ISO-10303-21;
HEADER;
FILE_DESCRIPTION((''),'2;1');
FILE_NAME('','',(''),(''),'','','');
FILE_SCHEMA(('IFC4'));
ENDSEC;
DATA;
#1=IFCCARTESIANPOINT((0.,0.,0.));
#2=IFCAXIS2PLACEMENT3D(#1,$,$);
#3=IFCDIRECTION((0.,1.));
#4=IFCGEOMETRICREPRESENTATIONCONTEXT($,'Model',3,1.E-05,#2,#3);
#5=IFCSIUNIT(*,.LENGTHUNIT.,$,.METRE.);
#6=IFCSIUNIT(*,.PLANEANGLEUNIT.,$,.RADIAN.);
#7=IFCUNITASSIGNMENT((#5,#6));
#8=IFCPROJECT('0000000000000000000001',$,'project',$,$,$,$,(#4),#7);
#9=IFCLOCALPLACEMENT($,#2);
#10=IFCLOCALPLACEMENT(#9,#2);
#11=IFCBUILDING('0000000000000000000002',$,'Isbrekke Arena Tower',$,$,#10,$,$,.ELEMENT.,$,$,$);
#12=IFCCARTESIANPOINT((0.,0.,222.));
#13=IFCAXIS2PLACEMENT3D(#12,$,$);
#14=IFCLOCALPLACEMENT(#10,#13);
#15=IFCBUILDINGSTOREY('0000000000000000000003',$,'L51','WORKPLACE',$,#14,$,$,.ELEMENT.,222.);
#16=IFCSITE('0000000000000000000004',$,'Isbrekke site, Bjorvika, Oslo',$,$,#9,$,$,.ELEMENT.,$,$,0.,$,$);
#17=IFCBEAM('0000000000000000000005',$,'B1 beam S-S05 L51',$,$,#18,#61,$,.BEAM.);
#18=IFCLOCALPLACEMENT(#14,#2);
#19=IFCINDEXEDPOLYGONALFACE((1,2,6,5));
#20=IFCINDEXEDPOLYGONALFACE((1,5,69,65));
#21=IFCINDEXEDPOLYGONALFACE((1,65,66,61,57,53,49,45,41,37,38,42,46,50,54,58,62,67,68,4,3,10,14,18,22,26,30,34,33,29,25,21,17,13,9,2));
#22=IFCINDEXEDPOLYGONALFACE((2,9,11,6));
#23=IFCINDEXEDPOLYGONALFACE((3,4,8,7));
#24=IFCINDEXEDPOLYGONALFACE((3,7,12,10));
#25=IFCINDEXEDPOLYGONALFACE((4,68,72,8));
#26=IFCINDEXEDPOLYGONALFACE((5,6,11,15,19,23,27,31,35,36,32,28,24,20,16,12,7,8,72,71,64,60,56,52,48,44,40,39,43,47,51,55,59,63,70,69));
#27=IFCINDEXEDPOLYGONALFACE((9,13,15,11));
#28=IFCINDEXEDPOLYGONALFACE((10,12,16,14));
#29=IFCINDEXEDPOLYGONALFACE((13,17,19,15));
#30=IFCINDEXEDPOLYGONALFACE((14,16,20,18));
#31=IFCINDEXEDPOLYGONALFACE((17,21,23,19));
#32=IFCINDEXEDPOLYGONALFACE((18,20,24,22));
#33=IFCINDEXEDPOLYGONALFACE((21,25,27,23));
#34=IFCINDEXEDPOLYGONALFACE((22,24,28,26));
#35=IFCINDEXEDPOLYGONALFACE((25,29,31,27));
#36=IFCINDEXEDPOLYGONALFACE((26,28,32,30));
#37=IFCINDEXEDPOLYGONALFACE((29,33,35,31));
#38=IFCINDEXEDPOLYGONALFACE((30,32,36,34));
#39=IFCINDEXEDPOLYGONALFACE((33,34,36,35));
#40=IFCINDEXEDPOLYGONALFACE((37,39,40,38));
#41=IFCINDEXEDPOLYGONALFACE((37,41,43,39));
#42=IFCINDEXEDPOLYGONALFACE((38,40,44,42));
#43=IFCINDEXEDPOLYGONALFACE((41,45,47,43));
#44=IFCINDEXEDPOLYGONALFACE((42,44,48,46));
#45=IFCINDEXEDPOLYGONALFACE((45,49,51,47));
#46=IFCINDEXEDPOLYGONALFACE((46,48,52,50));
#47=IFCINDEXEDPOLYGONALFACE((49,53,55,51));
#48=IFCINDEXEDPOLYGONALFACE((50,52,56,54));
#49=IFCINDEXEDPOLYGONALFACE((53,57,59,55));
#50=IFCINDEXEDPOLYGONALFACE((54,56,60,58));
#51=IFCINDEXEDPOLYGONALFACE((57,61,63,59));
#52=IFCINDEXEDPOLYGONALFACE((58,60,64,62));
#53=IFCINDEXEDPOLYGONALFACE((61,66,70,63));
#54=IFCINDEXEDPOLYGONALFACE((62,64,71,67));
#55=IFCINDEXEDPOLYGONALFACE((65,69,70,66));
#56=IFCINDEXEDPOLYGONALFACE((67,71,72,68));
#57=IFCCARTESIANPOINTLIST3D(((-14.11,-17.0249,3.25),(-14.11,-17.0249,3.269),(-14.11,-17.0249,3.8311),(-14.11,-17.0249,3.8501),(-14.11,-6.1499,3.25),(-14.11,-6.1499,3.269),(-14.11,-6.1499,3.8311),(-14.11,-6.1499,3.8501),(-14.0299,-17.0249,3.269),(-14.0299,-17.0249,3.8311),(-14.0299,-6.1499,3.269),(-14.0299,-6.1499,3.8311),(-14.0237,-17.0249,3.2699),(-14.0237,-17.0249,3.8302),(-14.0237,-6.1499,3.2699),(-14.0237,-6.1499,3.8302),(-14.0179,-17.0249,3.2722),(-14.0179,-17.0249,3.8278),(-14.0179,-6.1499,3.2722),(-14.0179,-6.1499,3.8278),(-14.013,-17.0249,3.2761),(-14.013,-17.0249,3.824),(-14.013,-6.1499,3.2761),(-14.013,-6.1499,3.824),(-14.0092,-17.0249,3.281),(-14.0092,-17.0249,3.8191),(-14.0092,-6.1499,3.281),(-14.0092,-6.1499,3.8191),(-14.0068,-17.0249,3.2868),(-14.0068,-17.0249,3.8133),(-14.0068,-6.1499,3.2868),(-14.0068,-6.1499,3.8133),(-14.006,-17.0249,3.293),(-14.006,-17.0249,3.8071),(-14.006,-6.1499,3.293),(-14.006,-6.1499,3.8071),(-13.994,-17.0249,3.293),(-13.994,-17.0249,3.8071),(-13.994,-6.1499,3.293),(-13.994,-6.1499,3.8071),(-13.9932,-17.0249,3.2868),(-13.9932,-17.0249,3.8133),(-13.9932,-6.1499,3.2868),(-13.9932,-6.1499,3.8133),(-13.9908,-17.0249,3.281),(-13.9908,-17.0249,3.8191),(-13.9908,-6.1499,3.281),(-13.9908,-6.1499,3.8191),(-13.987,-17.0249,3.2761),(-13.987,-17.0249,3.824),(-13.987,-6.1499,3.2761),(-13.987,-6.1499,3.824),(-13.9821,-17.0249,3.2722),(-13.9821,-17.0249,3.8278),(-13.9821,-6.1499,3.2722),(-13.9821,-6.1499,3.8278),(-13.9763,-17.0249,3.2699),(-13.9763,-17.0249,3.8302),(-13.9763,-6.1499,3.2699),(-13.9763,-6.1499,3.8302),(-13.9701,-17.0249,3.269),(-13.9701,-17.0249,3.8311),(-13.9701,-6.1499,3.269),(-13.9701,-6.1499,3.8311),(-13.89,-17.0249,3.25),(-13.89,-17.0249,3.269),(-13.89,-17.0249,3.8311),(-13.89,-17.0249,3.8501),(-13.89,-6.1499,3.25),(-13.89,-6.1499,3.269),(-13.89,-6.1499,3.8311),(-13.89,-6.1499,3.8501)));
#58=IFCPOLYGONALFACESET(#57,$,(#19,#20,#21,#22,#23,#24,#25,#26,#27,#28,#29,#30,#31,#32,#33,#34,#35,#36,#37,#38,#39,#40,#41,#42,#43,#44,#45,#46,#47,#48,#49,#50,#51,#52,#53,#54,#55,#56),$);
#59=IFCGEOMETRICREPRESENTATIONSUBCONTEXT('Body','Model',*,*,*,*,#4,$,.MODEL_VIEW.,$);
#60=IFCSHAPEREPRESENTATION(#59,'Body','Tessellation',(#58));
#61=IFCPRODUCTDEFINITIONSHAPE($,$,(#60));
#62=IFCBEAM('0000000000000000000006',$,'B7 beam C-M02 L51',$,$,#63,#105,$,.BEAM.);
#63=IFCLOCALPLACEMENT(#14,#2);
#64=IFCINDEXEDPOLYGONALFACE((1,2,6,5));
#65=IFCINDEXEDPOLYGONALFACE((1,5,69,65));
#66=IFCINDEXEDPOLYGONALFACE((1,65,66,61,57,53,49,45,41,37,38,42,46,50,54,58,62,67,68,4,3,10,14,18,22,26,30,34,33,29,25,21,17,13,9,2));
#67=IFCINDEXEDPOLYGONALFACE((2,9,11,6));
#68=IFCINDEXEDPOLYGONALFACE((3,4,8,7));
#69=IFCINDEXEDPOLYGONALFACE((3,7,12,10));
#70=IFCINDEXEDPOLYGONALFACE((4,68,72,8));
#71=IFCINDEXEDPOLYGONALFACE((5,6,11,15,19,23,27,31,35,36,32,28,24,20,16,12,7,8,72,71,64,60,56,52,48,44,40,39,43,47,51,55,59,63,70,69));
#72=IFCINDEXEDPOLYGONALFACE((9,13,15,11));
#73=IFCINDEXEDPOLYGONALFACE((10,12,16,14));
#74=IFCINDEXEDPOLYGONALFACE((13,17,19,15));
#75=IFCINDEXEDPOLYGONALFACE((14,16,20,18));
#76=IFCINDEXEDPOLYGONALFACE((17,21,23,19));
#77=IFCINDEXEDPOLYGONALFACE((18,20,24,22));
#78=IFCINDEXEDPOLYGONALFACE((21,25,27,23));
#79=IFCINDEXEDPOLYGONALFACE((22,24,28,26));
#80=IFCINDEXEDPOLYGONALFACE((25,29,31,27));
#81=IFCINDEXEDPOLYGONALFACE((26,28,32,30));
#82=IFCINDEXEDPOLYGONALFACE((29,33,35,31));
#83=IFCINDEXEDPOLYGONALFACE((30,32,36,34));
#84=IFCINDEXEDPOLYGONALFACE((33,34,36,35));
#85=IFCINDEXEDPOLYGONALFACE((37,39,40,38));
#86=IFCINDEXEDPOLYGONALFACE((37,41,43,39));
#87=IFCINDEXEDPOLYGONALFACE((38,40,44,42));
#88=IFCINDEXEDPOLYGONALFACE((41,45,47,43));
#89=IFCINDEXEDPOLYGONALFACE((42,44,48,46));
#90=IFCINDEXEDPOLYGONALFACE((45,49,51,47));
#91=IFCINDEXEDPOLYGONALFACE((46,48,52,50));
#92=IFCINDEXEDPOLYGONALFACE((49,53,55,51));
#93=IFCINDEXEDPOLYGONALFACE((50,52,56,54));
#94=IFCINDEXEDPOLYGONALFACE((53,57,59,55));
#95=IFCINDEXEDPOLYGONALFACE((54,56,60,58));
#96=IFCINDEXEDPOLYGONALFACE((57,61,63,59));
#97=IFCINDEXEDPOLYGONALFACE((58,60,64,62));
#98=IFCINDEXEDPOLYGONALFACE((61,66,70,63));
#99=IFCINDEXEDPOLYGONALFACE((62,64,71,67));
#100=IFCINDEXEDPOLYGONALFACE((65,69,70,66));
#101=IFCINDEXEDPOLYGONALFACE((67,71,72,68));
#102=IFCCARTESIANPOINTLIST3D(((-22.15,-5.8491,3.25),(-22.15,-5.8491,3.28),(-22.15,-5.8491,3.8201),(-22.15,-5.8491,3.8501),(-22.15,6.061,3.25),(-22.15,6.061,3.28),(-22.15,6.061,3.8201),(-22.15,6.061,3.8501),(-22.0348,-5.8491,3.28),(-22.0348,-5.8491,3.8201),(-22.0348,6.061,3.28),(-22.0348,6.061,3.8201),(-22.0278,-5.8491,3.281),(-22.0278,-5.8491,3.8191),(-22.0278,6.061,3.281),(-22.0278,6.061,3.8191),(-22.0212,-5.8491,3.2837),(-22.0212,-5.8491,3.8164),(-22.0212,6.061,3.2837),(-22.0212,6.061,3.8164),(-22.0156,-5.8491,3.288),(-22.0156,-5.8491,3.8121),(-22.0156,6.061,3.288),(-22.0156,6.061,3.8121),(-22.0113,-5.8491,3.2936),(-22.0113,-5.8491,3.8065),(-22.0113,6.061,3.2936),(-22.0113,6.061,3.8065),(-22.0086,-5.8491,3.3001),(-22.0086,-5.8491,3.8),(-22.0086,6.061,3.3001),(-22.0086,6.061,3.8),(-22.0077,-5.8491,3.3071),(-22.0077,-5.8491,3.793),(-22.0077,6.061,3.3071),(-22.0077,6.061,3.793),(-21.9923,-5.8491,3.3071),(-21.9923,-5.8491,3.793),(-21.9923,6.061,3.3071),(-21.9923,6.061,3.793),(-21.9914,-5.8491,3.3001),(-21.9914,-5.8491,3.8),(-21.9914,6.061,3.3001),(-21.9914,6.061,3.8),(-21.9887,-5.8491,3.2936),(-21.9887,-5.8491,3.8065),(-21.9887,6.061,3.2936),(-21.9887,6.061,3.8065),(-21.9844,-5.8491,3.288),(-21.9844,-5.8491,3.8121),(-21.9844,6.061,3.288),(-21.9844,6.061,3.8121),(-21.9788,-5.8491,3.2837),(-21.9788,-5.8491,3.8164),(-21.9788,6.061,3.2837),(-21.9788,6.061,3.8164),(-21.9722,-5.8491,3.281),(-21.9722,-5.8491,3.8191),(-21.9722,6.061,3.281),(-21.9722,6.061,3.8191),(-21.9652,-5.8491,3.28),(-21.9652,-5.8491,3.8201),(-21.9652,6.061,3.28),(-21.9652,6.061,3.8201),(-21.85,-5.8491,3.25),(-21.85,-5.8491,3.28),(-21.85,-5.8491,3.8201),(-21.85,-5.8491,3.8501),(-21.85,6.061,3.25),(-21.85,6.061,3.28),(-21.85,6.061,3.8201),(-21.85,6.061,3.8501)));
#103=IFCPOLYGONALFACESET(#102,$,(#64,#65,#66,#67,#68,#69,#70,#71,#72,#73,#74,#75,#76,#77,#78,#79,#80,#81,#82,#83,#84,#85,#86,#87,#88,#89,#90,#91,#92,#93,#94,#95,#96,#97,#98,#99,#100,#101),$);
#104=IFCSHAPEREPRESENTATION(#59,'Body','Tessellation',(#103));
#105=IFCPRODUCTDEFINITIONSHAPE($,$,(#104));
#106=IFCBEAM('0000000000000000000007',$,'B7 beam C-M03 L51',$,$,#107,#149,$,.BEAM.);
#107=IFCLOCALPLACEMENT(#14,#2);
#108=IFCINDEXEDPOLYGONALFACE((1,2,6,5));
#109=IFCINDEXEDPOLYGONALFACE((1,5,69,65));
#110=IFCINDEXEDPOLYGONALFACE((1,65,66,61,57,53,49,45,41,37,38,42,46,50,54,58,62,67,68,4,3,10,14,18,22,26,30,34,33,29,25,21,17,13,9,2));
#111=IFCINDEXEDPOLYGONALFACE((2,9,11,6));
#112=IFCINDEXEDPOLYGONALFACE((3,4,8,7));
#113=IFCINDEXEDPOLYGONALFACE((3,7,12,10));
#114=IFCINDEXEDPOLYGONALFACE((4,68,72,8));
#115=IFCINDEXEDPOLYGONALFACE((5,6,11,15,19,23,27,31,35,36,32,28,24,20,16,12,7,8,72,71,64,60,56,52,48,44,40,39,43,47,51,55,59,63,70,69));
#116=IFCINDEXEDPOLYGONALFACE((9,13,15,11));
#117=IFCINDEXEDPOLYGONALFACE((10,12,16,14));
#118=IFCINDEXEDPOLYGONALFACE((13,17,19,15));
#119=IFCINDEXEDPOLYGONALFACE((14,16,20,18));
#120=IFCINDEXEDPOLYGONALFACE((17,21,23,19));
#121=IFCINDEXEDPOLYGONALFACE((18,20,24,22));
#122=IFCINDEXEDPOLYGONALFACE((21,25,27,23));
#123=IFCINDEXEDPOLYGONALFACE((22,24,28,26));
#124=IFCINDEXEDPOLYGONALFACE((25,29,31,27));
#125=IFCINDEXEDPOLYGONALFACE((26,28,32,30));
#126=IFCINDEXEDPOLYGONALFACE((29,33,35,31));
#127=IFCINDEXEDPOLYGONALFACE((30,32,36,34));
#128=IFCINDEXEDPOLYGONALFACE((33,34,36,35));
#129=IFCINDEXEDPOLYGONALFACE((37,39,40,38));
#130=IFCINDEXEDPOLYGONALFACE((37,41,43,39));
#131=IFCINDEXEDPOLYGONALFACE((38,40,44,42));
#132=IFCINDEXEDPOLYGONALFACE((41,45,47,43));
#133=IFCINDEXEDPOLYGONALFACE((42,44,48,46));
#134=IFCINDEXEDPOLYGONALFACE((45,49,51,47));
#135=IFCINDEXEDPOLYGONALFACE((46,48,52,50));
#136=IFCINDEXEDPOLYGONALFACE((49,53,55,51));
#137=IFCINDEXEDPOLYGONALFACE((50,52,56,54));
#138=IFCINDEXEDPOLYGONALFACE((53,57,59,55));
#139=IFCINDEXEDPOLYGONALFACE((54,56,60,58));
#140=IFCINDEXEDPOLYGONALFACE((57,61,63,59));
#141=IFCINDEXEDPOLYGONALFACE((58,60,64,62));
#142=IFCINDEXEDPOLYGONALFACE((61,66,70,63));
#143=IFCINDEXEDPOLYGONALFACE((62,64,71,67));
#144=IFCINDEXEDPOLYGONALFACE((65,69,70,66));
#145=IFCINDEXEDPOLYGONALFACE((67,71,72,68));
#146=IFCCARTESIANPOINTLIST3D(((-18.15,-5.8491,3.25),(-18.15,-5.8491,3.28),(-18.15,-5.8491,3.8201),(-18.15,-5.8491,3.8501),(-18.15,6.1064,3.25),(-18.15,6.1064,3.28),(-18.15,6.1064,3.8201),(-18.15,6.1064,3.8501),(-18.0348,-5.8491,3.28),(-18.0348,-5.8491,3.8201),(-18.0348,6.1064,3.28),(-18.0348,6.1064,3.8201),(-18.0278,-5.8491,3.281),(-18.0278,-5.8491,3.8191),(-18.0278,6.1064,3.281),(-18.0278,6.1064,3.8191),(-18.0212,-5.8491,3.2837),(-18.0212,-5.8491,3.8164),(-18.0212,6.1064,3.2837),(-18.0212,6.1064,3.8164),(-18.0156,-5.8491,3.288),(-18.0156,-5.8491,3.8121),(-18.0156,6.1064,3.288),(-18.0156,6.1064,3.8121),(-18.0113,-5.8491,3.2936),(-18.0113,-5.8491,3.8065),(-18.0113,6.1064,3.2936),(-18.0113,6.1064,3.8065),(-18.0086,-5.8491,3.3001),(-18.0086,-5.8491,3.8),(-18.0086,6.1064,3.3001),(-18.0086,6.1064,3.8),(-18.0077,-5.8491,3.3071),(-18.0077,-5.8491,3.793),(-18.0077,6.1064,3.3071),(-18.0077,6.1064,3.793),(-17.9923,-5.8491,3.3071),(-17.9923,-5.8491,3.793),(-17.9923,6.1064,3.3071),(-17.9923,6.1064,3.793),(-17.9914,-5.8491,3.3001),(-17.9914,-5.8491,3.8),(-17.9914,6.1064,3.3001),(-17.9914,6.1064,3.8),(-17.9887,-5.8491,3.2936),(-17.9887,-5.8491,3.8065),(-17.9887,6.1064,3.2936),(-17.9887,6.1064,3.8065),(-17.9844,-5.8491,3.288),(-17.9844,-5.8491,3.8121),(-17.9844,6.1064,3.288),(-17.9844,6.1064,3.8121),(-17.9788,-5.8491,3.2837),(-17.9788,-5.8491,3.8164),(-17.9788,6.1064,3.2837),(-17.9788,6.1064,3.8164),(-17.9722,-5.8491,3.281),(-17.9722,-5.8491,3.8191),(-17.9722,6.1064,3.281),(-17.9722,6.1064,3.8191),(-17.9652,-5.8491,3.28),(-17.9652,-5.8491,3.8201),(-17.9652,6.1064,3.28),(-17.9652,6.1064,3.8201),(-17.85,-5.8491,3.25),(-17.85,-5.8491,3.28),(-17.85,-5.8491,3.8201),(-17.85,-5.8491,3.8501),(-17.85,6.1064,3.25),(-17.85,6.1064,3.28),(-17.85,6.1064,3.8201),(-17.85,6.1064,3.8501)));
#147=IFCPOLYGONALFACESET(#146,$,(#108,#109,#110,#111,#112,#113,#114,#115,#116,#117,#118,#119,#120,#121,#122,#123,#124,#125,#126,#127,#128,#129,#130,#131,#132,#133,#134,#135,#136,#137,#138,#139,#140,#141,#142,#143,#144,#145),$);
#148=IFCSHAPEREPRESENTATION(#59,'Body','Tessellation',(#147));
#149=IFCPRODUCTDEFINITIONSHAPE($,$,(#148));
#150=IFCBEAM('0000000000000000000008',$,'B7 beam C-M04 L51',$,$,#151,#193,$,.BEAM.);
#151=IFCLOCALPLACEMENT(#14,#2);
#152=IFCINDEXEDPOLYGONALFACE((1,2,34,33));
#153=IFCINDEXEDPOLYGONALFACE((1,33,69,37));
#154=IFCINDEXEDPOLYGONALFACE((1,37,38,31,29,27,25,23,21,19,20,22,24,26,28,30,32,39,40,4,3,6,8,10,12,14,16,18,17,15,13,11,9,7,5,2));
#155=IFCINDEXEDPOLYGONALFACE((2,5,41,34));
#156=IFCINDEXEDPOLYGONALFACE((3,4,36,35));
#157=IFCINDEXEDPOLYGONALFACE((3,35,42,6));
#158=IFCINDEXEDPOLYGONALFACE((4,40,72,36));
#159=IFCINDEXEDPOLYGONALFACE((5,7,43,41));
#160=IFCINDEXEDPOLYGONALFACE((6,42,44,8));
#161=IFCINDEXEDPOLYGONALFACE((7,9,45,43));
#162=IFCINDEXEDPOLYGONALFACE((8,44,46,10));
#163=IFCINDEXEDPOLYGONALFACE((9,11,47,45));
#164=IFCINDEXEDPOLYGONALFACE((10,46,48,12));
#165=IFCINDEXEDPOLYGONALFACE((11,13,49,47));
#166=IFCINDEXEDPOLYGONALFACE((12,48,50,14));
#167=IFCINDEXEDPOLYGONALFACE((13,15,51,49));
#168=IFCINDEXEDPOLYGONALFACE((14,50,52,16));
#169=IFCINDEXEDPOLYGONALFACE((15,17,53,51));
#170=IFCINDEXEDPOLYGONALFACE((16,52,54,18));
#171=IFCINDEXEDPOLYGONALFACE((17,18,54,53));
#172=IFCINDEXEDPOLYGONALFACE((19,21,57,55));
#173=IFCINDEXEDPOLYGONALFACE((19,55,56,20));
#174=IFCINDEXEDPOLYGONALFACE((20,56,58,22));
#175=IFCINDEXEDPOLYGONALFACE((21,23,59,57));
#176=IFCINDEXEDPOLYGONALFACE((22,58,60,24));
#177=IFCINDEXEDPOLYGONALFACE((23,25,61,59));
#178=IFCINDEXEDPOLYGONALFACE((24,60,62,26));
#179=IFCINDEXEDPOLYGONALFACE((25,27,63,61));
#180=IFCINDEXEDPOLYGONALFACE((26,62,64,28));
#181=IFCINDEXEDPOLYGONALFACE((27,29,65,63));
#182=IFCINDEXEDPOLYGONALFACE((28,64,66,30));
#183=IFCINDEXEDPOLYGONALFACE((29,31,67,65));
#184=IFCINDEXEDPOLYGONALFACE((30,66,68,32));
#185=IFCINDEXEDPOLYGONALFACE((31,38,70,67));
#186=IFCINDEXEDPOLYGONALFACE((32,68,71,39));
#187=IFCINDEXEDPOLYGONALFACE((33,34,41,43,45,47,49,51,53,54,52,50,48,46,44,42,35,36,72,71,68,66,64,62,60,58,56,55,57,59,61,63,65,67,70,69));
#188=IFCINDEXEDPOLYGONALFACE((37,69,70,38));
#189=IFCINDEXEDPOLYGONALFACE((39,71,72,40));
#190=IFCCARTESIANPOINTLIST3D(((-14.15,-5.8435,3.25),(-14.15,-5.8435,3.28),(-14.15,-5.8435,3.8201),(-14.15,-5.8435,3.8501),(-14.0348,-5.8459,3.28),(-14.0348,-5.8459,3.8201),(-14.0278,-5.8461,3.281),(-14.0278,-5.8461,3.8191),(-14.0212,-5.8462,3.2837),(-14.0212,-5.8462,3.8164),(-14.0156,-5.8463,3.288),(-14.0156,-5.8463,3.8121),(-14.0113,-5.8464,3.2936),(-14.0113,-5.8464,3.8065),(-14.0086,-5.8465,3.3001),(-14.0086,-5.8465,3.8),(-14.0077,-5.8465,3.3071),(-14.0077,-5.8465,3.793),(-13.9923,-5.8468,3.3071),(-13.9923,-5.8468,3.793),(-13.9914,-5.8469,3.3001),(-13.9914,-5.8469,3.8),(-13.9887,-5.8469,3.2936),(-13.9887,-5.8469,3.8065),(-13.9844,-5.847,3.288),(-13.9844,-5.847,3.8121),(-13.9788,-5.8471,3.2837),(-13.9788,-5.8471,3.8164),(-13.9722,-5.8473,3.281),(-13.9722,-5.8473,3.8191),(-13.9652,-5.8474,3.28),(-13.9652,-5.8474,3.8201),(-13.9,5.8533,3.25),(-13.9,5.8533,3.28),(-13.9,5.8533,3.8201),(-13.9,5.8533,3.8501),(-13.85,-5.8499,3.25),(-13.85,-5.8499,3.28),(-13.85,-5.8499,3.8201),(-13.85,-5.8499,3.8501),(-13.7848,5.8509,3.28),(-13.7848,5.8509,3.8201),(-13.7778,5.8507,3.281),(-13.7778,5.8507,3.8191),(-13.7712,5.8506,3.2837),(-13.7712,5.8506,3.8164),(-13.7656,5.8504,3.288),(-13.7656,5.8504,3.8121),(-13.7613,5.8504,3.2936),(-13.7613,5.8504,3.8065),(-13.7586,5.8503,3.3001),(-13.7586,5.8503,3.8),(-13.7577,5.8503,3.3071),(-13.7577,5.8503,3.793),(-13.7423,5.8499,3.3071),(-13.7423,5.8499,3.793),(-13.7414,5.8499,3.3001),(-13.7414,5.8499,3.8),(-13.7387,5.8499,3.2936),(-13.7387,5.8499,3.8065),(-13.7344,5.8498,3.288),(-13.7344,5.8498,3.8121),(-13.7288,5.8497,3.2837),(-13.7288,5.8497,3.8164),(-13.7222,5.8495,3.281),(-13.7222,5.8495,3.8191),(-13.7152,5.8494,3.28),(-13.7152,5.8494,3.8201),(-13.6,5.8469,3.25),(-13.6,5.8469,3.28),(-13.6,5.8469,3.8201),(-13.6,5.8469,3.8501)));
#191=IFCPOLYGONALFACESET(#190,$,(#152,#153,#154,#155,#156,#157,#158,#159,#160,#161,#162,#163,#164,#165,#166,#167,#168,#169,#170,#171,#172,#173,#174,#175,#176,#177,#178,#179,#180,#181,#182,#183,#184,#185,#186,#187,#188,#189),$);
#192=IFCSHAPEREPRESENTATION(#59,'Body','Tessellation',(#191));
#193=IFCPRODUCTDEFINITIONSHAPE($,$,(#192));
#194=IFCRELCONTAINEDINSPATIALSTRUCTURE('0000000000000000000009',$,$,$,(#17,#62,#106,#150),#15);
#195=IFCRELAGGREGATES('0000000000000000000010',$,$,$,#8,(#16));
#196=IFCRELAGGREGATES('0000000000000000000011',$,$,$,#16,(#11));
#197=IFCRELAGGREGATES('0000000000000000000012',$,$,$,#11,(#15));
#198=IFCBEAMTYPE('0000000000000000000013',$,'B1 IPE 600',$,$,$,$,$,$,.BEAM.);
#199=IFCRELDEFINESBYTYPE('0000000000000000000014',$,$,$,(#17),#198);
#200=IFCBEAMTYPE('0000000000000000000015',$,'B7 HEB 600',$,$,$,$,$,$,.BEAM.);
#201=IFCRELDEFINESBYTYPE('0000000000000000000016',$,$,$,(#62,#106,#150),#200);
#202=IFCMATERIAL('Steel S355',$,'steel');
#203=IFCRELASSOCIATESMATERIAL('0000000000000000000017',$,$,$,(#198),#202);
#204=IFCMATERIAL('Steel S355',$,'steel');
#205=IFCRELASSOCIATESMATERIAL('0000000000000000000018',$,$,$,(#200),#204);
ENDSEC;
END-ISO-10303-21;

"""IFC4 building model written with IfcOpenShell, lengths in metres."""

from ifc_helpers import new_model, si_unit, direction, frame, origin, origin_2d, place, context, subcontext, project, spatial, i_section, extrude, material, material_profile, profile_set, type_object, element, save


model = new_model("IFC4")

# Units and contexts
model_context = context("Model", 3, precision=1e-05, world=origin(), true_north=direction((0.0, 1.0)))
body_context = subcontext(model_context, "Body", "Model", "MODEL_VIEW")
ifc_project = project(units=[si_unit("LENGTHUNIT", "METRE"), si_unit("PLANEANGLEUNIT", "RADIAN")], contexts=[model_context])

# Site, building, storey
site_placement = place(None, origin())
site = spatial("IfcSite", under=ifc_project, at=site_placement, Name="Isbrekke site, Bjorvika, Oslo", CompositionType="ELEMENT", RefElevation=0.0)
building_placement = place(site_placement, origin())
building = spatial("IfcBuilding", under=site, at=building_placement, Name="Isbrekke Arena Tower", CompositionType="ELEMENT")
storey_placement = place(building_placement, frame((0.0, 0.0, 222.0)))
storey = spatial("IfcBuildingStorey", under=building, at=storey_placement, Name="L51", Description="WORKPLACE", CompositionType="ELEMENT", Elevation=222.0)

# Beams
ifc_material_1 = material(Name="Steel S355", Category="steel")
ifc_material_profile_1 = material_profile(ifc_material_1, i_section(OverallWidth=0.22, OverallDepth=0.6001, WebThickness=0.012, FlangeThickness=0.019, FilletRadius=0.0239, at=origin_2d()), Name="IPE 600")
ifc_profile_set_1 = profile_set([ifc_material_profile_1], Name="Steel S355")
beam_type_1 = type_object("IfcBeamType", Name="B1 IPE 600", PredefinedType="BEAM", material=ifc_profile_set_1)
beam_1_placement = place(storey_placement, frame((-14.0, -17.0249, 3.55), z_axis=(0.0, 1.0, 0.0), x_axis=(-1.0, 0.0, 0.0)))
element("IfcBeam", 1, at=beam_1_placement, inside=storey, type_object=beam_type_1, Name="B1 beam S-S05 L51", PredefinedType="BEAM", context=body_context, shape_type="SweptSolid", body=[
    extrude(i_section(OverallWidth=0.22, OverallDepth=0.6001, WebThickness=0.012, FlangeThickness=0.019, FilletRadius=0.0239, at=origin_2d()), origin(), (0.0, 0.0, 1.0), 10.875),
])
ifc_material_2 = material(Name="Steel S355", Category="steel")
ifc_material_profile_2 = material_profile(ifc_material_2, i_section(OverallWidth=0.3, OverallDepth=0.6001, WebThickness=0.0154, FlangeThickness=0.03, FilletRadius=0.0271, at=origin_2d()), Name="HEB 600")
ifc_profile_set_2 = profile_set([ifc_material_profile_2], Name="Steel S355")
beam_type_2 = type_object("IfcBeamType", Name="B7 HEB 600", PredefinedType="BEAM", material=ifc_profile_set_2)
beam_2_placement = place(storey_placement, frame((-22.0, -5.8491, 3.55), z_axis=(0.0, 1.0, 0.0), x_axis=(-1.0, 0.0, 0.0)))
element("IfcBeam", 2, at=beam_2_placement, inside=storey, type_object=beam_type_2, Name="B7 beam C-M02 L51", PredefinedType="BEAM", context=body_context, shape_type="SweptSolid", body=[
    extrude(i_section(OverallWidth=0.3, OverallDepth=0.6001, WebThickness=0.0154, FlangeThickness=0.03, FilletRadius=0.0271, at=origin_2d()), origin(), (0.0, 0.0, 1.0), 11.9102),
])
beam_3_placement = place(storey_placement, frame((-18.0, -5.8491, 3.55), z_axis=(0.0, 1.0, 0.0), x_axis=(-1.0, 0.0, 0.0)))
element("IfcBeam", 3, at=beam_3_placement, inside=storey, type_object=beam_type_2, Name="B7 beam C-M03 L51", PredefinedType="BEAM", context=body_context, shape_type="SweptSolid", body=[
    extrude(i_section(OverallWidth=0.3, OverallDepth=0.6001, WebThickness=0.0154, FlangeThickness=0.03, FilletRadius=0.0271, at=origin_2d()), origin(), (0.0, 0.0, 1.0), 11.9556),
])
beam_4_placement = place(storey_placement, frame((-14.0, -5.8467, 3.55), z_axis=(0.021369, 0.999772, 0.0), x_axis=(-0.999772, 0.021369, 0.0)))
element("IfcBeam", 4, at=beam_4_placement, inside=storey, type_object=beam_type_2, Name="B7 beam C-M04 L51", PredefinedType="BEAM", context=body_context, shape_type="SweptSolid", body=[
    extrude(i_section(OverallWidth=0.3, OverallDepth=0.6001, WebThickness=0.0154, FlangeThickness=0.03, FilletRadius=0.0271, at=origin_2d()), origin(), (0.0, 0.0, 1.0), 11.6995),
])

save(model, "model.ifc")
